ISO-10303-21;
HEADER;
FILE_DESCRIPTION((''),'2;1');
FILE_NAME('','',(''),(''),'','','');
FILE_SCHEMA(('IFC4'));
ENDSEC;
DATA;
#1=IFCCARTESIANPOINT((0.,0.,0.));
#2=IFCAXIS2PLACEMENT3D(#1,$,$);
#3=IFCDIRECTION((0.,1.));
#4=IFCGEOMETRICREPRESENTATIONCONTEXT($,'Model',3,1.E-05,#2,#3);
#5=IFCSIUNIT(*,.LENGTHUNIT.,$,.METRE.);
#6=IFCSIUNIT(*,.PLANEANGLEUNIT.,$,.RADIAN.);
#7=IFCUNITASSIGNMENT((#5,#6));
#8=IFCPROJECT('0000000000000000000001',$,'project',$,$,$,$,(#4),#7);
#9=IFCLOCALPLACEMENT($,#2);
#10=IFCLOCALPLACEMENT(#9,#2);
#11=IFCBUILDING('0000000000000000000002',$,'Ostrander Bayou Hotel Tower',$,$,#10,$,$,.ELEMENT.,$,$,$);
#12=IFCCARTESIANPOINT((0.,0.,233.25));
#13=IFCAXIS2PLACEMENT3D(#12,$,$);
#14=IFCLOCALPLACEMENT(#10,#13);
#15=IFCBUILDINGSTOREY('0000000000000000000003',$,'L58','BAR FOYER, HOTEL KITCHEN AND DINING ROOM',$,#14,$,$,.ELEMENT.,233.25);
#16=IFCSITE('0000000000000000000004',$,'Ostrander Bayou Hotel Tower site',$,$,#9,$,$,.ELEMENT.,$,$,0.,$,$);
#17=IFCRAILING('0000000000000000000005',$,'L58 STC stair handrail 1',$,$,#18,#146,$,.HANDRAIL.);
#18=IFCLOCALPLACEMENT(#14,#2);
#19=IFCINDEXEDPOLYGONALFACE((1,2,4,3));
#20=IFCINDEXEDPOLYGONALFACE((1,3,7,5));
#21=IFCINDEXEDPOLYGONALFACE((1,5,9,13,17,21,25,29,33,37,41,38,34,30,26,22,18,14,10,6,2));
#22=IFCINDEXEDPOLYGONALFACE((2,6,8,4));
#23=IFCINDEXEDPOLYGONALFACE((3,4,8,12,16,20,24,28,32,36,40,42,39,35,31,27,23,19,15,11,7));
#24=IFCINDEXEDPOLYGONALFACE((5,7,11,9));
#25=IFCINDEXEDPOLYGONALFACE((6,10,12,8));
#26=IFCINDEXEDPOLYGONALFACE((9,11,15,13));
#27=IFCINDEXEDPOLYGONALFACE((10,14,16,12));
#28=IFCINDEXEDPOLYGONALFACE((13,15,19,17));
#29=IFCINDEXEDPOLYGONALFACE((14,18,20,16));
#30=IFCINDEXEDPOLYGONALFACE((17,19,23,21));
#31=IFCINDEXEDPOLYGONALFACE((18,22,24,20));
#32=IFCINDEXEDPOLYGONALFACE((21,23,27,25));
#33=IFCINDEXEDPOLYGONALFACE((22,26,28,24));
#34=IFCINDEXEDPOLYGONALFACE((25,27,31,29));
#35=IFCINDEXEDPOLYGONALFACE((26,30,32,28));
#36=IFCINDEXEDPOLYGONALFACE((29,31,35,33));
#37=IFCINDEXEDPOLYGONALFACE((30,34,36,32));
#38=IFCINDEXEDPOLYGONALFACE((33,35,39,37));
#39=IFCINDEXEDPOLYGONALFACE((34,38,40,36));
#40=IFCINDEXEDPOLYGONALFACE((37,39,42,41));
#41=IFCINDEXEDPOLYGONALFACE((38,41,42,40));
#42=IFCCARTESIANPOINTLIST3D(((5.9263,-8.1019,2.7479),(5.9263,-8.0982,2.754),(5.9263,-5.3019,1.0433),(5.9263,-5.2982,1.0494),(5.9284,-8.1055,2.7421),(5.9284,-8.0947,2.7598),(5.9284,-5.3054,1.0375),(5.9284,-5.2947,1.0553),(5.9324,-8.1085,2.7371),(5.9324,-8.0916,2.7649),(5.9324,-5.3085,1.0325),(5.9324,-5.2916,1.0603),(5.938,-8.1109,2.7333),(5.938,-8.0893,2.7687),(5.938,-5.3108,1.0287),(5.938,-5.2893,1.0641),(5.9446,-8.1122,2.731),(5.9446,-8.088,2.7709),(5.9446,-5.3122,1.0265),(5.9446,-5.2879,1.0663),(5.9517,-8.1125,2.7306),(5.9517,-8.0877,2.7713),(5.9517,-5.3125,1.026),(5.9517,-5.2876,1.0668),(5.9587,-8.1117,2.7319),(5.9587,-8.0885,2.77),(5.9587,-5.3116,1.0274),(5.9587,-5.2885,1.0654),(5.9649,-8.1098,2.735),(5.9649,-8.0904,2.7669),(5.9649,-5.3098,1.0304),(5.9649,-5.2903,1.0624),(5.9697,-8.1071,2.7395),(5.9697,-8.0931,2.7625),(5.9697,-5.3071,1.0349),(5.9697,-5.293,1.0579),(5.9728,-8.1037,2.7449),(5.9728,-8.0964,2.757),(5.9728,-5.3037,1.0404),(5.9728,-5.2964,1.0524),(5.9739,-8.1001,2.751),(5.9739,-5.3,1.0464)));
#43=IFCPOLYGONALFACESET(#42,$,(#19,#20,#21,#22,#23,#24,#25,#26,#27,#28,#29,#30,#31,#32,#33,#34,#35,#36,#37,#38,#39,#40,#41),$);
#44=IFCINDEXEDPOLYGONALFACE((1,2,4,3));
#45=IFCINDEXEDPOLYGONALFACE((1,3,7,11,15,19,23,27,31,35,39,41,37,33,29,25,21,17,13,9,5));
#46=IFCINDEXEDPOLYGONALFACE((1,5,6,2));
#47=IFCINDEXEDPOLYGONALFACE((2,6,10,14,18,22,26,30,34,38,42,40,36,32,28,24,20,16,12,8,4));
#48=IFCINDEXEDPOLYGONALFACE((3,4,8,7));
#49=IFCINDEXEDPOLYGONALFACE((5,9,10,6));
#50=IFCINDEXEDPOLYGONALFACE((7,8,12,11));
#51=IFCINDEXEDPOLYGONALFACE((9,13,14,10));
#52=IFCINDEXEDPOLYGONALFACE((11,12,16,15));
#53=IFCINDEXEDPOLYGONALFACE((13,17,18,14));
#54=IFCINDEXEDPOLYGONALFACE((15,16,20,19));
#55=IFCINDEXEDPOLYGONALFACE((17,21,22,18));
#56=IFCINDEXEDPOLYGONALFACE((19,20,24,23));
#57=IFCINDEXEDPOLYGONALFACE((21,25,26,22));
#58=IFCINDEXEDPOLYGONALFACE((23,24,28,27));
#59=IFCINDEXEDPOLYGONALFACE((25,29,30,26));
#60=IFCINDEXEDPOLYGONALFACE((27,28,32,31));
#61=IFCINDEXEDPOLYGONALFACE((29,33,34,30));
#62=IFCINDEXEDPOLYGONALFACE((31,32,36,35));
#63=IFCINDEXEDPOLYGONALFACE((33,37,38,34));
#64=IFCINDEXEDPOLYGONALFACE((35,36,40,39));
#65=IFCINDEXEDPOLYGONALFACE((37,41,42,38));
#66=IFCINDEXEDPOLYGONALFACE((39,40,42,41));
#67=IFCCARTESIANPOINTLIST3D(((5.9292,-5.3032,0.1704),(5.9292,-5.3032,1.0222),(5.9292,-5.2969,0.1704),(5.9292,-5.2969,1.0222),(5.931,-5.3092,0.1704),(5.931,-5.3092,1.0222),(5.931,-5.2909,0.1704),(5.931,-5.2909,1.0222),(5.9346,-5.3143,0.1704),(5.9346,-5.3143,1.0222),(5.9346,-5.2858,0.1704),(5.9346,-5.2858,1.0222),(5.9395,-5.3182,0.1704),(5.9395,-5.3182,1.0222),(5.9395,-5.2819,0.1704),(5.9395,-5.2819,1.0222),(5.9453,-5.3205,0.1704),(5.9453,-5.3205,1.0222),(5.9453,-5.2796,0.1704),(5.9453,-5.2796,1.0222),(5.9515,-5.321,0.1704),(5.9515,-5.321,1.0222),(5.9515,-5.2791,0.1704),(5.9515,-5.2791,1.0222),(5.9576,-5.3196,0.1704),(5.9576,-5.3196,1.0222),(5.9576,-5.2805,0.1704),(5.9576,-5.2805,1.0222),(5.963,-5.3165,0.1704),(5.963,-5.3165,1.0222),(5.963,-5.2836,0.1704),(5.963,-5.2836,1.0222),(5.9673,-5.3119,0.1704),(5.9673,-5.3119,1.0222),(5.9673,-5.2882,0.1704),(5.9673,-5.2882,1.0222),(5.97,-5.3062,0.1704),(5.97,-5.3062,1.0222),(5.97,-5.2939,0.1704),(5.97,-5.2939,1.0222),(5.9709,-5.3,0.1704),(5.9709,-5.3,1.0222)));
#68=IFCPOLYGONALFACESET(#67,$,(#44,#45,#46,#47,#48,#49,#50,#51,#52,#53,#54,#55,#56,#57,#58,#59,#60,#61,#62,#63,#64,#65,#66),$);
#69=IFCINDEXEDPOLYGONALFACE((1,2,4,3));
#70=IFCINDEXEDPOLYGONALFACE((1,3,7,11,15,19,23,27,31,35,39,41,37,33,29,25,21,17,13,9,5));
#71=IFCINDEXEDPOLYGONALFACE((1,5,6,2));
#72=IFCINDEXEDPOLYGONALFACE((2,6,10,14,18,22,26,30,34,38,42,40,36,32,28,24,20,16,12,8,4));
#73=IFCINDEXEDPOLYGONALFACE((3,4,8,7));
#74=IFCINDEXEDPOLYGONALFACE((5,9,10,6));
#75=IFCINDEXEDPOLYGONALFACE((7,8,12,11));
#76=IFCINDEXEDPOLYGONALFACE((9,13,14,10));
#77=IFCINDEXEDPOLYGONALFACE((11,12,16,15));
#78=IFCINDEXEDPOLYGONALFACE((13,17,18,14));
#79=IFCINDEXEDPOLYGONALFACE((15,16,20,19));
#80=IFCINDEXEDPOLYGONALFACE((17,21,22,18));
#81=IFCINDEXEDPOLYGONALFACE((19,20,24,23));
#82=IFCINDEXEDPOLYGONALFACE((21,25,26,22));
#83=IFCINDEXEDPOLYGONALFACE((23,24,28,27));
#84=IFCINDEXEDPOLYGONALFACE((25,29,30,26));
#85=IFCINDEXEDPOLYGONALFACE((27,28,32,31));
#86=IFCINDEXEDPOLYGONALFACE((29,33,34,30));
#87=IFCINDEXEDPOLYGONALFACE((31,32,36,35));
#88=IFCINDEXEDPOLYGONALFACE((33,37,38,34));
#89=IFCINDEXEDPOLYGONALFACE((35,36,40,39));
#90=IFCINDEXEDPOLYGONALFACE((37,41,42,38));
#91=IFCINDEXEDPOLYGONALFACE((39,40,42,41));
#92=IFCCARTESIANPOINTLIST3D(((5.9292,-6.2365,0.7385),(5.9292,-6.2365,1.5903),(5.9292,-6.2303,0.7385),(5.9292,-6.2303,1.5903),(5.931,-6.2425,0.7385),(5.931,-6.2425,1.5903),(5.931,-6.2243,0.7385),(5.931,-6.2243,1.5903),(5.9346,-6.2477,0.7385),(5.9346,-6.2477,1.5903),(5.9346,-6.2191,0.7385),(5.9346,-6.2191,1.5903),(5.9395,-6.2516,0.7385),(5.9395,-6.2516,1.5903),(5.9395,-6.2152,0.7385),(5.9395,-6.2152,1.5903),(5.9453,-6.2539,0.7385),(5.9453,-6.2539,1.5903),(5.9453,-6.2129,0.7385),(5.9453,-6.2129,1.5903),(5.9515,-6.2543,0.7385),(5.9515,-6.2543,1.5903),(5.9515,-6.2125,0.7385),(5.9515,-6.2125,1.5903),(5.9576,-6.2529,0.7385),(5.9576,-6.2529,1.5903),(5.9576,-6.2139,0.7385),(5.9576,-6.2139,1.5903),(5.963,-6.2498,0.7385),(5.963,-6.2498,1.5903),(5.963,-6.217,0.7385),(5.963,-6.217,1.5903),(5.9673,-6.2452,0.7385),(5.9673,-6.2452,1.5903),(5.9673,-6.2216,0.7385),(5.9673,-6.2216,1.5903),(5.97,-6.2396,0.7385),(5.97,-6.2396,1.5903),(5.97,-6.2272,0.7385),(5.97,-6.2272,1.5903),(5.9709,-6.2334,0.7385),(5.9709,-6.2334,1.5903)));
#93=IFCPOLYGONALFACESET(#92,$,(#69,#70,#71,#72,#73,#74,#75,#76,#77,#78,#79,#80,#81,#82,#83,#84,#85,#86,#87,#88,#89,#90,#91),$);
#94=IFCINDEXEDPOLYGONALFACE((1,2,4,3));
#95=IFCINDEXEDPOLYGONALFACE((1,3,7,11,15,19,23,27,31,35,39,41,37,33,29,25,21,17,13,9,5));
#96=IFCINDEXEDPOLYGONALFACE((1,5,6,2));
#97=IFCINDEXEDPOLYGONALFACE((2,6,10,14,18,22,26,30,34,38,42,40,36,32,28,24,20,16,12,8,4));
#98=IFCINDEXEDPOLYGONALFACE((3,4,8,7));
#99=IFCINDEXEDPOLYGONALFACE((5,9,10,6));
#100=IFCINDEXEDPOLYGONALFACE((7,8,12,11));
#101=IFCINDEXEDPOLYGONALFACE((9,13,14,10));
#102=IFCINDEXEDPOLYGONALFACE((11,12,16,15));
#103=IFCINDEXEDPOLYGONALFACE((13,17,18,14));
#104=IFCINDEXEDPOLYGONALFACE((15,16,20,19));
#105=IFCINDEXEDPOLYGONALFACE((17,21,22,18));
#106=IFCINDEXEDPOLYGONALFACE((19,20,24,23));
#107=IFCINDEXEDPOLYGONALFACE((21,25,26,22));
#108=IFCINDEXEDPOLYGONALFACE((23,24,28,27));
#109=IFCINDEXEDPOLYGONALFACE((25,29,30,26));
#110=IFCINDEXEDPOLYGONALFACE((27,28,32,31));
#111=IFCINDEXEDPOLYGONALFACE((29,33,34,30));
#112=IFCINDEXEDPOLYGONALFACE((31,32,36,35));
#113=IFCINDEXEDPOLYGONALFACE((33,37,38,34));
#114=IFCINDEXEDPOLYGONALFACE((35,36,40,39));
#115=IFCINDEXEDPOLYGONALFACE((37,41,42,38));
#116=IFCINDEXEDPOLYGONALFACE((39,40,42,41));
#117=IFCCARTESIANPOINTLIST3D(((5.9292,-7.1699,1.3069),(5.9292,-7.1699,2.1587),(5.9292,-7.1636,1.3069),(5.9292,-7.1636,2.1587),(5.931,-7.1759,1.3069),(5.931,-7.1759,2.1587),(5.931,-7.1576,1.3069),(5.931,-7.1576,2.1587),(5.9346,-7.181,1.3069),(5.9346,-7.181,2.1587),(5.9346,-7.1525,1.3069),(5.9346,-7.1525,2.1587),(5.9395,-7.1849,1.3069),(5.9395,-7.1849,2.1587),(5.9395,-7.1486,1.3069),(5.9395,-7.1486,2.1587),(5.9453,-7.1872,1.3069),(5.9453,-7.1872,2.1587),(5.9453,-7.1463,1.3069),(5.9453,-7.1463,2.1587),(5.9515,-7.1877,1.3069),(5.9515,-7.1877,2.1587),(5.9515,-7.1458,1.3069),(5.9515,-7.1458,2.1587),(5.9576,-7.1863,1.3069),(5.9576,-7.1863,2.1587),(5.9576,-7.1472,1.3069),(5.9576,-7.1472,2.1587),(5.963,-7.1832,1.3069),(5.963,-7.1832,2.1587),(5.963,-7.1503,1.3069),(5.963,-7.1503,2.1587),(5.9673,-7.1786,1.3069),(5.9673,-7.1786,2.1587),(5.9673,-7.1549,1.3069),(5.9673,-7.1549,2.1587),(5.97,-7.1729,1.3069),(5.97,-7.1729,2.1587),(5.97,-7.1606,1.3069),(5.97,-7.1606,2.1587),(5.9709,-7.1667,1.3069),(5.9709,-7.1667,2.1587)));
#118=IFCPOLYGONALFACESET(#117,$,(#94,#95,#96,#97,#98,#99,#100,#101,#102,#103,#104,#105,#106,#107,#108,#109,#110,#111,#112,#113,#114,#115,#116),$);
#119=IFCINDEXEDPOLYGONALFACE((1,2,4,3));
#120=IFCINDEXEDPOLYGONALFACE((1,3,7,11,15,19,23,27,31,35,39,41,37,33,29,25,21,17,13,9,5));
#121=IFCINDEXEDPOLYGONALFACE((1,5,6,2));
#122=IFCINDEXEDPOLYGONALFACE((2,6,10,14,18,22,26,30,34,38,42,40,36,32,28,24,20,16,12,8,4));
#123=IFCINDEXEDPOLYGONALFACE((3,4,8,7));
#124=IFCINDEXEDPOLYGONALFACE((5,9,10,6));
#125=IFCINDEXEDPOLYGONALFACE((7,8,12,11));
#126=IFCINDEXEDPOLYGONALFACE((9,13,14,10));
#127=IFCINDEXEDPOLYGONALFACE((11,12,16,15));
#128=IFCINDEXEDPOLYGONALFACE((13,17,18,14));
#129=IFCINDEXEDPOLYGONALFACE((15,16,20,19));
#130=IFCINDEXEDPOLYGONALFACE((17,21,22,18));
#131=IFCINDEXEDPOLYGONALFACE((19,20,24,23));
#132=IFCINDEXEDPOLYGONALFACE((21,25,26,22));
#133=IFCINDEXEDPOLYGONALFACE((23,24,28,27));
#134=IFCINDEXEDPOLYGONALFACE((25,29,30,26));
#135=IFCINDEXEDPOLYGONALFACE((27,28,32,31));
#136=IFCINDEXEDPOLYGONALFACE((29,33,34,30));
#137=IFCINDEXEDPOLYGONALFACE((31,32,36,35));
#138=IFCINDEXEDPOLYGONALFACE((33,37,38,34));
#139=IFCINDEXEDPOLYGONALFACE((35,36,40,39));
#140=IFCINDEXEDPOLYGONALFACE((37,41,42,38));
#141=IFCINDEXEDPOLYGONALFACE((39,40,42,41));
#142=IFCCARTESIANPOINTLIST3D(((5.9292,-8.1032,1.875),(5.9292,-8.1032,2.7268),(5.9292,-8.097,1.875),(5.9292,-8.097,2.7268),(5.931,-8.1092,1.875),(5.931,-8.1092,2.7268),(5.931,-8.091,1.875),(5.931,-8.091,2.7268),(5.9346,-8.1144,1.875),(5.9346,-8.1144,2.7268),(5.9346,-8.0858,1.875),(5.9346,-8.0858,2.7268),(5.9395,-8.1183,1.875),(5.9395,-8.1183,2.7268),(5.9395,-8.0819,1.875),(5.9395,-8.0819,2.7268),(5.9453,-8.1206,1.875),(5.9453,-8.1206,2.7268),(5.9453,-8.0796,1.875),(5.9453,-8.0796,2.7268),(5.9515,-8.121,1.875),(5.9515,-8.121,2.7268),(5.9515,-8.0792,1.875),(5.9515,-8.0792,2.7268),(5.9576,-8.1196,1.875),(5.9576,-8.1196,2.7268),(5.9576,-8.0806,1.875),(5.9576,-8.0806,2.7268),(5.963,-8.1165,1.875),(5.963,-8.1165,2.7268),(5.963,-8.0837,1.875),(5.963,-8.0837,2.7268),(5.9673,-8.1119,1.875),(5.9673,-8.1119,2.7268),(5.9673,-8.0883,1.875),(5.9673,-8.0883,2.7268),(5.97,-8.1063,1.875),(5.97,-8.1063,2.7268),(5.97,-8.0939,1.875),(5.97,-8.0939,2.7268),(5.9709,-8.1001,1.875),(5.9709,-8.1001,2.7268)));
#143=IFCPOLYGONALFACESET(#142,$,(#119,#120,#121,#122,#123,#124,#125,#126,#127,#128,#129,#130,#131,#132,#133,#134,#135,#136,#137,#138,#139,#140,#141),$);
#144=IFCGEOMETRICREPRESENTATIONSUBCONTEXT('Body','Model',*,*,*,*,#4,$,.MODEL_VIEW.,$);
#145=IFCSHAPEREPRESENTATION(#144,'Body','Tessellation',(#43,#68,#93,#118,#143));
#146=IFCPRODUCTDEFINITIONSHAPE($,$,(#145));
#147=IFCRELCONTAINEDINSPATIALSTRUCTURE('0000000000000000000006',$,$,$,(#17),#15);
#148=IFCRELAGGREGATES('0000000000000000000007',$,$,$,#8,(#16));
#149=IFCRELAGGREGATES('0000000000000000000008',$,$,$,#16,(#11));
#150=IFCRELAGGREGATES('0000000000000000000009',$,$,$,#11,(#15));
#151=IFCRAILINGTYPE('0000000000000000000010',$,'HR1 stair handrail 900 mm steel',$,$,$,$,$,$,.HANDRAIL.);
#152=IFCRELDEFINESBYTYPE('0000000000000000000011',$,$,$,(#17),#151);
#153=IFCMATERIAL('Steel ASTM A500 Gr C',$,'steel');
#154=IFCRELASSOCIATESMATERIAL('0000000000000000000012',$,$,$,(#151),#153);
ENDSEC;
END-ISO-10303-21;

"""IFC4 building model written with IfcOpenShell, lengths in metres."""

from ifc_helpers import new_model, si_unit, direction, frame, origin, origin_2d, place, context, subcontext, project, spatial, circle, extrude, material, type_object, element, save


model = new_model("IFC4")

# Units and contexts
model_context = context("Model", 3, precision=1e-05, world=origin(), true_north=direction((0.0, 1.0)))
body_context = subcontext(model_context, "Body", "Model", "MODEL_VIEW")
ifc_project = project(units=[si_unit("LENGTHUNIT", "METRE"), si_unit("PLANEANGLEUNIT", "RADIAN")], contexts=[model_context])

# Site, building, storey
site_placement = place(None, origin())
site = spatial("IfcSite", under=ifc_project, at=site_placement, Name="Ostrander Bayou Hotel Tower site", CompositionType="ELEMENT", RefElevation=0.0)
building_placement = place(site_placement, origin())
building = spatial("IfcBuilding", under=site, at=building_placement, Name="Ostrander Bayou Hotel Tower", CompositionType="ELEMENT")
storey_placement = place(building_placement, frame((0.0, 0.0, 233.25)))
storey = spatial("IfcBuildingStorey", under=building, at=storey_placement, Name="L58", Description="BAR FOYER, HOTEL KITCHEN AND DINING ROOM", CompositionType="ELEMENT", Elevation=233.25)

# Railing
ifc_material_1 = material(Name="Steel ASTM A500 Gr C", Category="steel")
railing_type_1 = type_object("IfcRailingType", Name="HR1 stair handrail 900 mm steel", PredefinedType="HANDRAIL", material=ifc_material_1)
railing_1_placement = place(storey_placement, frame((5.95, -5.3, 0.1704)))
element("IfcRailing", 1, at=railing_1_placement, inside=storey, type_object=railing_type_1, Name="L58 STC stair handrail 1", PredefinedType="HANDRAIL", context=body_context, shape_type="SweptSolid", body=[
    extrude(circle(Radius=0.0239, at=origin_2d()), frame((0.0, 0.0, 0.876), z_axis=(0.0, -0.85417, 0.519994), x_axis=(1.0, 0.0, 0.0)), (0.0, 0.0, 1.0), 3.2781),
    extrude(circle(Radius=0.021, at=origin_2d()), origin(), (0.0, 0.0, 1.0), 0.8518),
    extrude(circle(Radius=0.021, at=origin_2d()), frame((0.0, -0.9333, 0.5681)), (0.0, 0.0, 1.0), 0.8518),
    extrude(circle(Radius=0.021, at=origin_2d()), frame((0.0, -1.8667, 1.1365)), (0.0, 0.0, 1.0), 0.8518),
    extrude(circle(Radius=0.021, at=origin_2d()), frame((0.0, -2.8, 1.7046)), (0.0, 0.0, 1.0), 0.8518),
])

save(model, "model.ifc")
